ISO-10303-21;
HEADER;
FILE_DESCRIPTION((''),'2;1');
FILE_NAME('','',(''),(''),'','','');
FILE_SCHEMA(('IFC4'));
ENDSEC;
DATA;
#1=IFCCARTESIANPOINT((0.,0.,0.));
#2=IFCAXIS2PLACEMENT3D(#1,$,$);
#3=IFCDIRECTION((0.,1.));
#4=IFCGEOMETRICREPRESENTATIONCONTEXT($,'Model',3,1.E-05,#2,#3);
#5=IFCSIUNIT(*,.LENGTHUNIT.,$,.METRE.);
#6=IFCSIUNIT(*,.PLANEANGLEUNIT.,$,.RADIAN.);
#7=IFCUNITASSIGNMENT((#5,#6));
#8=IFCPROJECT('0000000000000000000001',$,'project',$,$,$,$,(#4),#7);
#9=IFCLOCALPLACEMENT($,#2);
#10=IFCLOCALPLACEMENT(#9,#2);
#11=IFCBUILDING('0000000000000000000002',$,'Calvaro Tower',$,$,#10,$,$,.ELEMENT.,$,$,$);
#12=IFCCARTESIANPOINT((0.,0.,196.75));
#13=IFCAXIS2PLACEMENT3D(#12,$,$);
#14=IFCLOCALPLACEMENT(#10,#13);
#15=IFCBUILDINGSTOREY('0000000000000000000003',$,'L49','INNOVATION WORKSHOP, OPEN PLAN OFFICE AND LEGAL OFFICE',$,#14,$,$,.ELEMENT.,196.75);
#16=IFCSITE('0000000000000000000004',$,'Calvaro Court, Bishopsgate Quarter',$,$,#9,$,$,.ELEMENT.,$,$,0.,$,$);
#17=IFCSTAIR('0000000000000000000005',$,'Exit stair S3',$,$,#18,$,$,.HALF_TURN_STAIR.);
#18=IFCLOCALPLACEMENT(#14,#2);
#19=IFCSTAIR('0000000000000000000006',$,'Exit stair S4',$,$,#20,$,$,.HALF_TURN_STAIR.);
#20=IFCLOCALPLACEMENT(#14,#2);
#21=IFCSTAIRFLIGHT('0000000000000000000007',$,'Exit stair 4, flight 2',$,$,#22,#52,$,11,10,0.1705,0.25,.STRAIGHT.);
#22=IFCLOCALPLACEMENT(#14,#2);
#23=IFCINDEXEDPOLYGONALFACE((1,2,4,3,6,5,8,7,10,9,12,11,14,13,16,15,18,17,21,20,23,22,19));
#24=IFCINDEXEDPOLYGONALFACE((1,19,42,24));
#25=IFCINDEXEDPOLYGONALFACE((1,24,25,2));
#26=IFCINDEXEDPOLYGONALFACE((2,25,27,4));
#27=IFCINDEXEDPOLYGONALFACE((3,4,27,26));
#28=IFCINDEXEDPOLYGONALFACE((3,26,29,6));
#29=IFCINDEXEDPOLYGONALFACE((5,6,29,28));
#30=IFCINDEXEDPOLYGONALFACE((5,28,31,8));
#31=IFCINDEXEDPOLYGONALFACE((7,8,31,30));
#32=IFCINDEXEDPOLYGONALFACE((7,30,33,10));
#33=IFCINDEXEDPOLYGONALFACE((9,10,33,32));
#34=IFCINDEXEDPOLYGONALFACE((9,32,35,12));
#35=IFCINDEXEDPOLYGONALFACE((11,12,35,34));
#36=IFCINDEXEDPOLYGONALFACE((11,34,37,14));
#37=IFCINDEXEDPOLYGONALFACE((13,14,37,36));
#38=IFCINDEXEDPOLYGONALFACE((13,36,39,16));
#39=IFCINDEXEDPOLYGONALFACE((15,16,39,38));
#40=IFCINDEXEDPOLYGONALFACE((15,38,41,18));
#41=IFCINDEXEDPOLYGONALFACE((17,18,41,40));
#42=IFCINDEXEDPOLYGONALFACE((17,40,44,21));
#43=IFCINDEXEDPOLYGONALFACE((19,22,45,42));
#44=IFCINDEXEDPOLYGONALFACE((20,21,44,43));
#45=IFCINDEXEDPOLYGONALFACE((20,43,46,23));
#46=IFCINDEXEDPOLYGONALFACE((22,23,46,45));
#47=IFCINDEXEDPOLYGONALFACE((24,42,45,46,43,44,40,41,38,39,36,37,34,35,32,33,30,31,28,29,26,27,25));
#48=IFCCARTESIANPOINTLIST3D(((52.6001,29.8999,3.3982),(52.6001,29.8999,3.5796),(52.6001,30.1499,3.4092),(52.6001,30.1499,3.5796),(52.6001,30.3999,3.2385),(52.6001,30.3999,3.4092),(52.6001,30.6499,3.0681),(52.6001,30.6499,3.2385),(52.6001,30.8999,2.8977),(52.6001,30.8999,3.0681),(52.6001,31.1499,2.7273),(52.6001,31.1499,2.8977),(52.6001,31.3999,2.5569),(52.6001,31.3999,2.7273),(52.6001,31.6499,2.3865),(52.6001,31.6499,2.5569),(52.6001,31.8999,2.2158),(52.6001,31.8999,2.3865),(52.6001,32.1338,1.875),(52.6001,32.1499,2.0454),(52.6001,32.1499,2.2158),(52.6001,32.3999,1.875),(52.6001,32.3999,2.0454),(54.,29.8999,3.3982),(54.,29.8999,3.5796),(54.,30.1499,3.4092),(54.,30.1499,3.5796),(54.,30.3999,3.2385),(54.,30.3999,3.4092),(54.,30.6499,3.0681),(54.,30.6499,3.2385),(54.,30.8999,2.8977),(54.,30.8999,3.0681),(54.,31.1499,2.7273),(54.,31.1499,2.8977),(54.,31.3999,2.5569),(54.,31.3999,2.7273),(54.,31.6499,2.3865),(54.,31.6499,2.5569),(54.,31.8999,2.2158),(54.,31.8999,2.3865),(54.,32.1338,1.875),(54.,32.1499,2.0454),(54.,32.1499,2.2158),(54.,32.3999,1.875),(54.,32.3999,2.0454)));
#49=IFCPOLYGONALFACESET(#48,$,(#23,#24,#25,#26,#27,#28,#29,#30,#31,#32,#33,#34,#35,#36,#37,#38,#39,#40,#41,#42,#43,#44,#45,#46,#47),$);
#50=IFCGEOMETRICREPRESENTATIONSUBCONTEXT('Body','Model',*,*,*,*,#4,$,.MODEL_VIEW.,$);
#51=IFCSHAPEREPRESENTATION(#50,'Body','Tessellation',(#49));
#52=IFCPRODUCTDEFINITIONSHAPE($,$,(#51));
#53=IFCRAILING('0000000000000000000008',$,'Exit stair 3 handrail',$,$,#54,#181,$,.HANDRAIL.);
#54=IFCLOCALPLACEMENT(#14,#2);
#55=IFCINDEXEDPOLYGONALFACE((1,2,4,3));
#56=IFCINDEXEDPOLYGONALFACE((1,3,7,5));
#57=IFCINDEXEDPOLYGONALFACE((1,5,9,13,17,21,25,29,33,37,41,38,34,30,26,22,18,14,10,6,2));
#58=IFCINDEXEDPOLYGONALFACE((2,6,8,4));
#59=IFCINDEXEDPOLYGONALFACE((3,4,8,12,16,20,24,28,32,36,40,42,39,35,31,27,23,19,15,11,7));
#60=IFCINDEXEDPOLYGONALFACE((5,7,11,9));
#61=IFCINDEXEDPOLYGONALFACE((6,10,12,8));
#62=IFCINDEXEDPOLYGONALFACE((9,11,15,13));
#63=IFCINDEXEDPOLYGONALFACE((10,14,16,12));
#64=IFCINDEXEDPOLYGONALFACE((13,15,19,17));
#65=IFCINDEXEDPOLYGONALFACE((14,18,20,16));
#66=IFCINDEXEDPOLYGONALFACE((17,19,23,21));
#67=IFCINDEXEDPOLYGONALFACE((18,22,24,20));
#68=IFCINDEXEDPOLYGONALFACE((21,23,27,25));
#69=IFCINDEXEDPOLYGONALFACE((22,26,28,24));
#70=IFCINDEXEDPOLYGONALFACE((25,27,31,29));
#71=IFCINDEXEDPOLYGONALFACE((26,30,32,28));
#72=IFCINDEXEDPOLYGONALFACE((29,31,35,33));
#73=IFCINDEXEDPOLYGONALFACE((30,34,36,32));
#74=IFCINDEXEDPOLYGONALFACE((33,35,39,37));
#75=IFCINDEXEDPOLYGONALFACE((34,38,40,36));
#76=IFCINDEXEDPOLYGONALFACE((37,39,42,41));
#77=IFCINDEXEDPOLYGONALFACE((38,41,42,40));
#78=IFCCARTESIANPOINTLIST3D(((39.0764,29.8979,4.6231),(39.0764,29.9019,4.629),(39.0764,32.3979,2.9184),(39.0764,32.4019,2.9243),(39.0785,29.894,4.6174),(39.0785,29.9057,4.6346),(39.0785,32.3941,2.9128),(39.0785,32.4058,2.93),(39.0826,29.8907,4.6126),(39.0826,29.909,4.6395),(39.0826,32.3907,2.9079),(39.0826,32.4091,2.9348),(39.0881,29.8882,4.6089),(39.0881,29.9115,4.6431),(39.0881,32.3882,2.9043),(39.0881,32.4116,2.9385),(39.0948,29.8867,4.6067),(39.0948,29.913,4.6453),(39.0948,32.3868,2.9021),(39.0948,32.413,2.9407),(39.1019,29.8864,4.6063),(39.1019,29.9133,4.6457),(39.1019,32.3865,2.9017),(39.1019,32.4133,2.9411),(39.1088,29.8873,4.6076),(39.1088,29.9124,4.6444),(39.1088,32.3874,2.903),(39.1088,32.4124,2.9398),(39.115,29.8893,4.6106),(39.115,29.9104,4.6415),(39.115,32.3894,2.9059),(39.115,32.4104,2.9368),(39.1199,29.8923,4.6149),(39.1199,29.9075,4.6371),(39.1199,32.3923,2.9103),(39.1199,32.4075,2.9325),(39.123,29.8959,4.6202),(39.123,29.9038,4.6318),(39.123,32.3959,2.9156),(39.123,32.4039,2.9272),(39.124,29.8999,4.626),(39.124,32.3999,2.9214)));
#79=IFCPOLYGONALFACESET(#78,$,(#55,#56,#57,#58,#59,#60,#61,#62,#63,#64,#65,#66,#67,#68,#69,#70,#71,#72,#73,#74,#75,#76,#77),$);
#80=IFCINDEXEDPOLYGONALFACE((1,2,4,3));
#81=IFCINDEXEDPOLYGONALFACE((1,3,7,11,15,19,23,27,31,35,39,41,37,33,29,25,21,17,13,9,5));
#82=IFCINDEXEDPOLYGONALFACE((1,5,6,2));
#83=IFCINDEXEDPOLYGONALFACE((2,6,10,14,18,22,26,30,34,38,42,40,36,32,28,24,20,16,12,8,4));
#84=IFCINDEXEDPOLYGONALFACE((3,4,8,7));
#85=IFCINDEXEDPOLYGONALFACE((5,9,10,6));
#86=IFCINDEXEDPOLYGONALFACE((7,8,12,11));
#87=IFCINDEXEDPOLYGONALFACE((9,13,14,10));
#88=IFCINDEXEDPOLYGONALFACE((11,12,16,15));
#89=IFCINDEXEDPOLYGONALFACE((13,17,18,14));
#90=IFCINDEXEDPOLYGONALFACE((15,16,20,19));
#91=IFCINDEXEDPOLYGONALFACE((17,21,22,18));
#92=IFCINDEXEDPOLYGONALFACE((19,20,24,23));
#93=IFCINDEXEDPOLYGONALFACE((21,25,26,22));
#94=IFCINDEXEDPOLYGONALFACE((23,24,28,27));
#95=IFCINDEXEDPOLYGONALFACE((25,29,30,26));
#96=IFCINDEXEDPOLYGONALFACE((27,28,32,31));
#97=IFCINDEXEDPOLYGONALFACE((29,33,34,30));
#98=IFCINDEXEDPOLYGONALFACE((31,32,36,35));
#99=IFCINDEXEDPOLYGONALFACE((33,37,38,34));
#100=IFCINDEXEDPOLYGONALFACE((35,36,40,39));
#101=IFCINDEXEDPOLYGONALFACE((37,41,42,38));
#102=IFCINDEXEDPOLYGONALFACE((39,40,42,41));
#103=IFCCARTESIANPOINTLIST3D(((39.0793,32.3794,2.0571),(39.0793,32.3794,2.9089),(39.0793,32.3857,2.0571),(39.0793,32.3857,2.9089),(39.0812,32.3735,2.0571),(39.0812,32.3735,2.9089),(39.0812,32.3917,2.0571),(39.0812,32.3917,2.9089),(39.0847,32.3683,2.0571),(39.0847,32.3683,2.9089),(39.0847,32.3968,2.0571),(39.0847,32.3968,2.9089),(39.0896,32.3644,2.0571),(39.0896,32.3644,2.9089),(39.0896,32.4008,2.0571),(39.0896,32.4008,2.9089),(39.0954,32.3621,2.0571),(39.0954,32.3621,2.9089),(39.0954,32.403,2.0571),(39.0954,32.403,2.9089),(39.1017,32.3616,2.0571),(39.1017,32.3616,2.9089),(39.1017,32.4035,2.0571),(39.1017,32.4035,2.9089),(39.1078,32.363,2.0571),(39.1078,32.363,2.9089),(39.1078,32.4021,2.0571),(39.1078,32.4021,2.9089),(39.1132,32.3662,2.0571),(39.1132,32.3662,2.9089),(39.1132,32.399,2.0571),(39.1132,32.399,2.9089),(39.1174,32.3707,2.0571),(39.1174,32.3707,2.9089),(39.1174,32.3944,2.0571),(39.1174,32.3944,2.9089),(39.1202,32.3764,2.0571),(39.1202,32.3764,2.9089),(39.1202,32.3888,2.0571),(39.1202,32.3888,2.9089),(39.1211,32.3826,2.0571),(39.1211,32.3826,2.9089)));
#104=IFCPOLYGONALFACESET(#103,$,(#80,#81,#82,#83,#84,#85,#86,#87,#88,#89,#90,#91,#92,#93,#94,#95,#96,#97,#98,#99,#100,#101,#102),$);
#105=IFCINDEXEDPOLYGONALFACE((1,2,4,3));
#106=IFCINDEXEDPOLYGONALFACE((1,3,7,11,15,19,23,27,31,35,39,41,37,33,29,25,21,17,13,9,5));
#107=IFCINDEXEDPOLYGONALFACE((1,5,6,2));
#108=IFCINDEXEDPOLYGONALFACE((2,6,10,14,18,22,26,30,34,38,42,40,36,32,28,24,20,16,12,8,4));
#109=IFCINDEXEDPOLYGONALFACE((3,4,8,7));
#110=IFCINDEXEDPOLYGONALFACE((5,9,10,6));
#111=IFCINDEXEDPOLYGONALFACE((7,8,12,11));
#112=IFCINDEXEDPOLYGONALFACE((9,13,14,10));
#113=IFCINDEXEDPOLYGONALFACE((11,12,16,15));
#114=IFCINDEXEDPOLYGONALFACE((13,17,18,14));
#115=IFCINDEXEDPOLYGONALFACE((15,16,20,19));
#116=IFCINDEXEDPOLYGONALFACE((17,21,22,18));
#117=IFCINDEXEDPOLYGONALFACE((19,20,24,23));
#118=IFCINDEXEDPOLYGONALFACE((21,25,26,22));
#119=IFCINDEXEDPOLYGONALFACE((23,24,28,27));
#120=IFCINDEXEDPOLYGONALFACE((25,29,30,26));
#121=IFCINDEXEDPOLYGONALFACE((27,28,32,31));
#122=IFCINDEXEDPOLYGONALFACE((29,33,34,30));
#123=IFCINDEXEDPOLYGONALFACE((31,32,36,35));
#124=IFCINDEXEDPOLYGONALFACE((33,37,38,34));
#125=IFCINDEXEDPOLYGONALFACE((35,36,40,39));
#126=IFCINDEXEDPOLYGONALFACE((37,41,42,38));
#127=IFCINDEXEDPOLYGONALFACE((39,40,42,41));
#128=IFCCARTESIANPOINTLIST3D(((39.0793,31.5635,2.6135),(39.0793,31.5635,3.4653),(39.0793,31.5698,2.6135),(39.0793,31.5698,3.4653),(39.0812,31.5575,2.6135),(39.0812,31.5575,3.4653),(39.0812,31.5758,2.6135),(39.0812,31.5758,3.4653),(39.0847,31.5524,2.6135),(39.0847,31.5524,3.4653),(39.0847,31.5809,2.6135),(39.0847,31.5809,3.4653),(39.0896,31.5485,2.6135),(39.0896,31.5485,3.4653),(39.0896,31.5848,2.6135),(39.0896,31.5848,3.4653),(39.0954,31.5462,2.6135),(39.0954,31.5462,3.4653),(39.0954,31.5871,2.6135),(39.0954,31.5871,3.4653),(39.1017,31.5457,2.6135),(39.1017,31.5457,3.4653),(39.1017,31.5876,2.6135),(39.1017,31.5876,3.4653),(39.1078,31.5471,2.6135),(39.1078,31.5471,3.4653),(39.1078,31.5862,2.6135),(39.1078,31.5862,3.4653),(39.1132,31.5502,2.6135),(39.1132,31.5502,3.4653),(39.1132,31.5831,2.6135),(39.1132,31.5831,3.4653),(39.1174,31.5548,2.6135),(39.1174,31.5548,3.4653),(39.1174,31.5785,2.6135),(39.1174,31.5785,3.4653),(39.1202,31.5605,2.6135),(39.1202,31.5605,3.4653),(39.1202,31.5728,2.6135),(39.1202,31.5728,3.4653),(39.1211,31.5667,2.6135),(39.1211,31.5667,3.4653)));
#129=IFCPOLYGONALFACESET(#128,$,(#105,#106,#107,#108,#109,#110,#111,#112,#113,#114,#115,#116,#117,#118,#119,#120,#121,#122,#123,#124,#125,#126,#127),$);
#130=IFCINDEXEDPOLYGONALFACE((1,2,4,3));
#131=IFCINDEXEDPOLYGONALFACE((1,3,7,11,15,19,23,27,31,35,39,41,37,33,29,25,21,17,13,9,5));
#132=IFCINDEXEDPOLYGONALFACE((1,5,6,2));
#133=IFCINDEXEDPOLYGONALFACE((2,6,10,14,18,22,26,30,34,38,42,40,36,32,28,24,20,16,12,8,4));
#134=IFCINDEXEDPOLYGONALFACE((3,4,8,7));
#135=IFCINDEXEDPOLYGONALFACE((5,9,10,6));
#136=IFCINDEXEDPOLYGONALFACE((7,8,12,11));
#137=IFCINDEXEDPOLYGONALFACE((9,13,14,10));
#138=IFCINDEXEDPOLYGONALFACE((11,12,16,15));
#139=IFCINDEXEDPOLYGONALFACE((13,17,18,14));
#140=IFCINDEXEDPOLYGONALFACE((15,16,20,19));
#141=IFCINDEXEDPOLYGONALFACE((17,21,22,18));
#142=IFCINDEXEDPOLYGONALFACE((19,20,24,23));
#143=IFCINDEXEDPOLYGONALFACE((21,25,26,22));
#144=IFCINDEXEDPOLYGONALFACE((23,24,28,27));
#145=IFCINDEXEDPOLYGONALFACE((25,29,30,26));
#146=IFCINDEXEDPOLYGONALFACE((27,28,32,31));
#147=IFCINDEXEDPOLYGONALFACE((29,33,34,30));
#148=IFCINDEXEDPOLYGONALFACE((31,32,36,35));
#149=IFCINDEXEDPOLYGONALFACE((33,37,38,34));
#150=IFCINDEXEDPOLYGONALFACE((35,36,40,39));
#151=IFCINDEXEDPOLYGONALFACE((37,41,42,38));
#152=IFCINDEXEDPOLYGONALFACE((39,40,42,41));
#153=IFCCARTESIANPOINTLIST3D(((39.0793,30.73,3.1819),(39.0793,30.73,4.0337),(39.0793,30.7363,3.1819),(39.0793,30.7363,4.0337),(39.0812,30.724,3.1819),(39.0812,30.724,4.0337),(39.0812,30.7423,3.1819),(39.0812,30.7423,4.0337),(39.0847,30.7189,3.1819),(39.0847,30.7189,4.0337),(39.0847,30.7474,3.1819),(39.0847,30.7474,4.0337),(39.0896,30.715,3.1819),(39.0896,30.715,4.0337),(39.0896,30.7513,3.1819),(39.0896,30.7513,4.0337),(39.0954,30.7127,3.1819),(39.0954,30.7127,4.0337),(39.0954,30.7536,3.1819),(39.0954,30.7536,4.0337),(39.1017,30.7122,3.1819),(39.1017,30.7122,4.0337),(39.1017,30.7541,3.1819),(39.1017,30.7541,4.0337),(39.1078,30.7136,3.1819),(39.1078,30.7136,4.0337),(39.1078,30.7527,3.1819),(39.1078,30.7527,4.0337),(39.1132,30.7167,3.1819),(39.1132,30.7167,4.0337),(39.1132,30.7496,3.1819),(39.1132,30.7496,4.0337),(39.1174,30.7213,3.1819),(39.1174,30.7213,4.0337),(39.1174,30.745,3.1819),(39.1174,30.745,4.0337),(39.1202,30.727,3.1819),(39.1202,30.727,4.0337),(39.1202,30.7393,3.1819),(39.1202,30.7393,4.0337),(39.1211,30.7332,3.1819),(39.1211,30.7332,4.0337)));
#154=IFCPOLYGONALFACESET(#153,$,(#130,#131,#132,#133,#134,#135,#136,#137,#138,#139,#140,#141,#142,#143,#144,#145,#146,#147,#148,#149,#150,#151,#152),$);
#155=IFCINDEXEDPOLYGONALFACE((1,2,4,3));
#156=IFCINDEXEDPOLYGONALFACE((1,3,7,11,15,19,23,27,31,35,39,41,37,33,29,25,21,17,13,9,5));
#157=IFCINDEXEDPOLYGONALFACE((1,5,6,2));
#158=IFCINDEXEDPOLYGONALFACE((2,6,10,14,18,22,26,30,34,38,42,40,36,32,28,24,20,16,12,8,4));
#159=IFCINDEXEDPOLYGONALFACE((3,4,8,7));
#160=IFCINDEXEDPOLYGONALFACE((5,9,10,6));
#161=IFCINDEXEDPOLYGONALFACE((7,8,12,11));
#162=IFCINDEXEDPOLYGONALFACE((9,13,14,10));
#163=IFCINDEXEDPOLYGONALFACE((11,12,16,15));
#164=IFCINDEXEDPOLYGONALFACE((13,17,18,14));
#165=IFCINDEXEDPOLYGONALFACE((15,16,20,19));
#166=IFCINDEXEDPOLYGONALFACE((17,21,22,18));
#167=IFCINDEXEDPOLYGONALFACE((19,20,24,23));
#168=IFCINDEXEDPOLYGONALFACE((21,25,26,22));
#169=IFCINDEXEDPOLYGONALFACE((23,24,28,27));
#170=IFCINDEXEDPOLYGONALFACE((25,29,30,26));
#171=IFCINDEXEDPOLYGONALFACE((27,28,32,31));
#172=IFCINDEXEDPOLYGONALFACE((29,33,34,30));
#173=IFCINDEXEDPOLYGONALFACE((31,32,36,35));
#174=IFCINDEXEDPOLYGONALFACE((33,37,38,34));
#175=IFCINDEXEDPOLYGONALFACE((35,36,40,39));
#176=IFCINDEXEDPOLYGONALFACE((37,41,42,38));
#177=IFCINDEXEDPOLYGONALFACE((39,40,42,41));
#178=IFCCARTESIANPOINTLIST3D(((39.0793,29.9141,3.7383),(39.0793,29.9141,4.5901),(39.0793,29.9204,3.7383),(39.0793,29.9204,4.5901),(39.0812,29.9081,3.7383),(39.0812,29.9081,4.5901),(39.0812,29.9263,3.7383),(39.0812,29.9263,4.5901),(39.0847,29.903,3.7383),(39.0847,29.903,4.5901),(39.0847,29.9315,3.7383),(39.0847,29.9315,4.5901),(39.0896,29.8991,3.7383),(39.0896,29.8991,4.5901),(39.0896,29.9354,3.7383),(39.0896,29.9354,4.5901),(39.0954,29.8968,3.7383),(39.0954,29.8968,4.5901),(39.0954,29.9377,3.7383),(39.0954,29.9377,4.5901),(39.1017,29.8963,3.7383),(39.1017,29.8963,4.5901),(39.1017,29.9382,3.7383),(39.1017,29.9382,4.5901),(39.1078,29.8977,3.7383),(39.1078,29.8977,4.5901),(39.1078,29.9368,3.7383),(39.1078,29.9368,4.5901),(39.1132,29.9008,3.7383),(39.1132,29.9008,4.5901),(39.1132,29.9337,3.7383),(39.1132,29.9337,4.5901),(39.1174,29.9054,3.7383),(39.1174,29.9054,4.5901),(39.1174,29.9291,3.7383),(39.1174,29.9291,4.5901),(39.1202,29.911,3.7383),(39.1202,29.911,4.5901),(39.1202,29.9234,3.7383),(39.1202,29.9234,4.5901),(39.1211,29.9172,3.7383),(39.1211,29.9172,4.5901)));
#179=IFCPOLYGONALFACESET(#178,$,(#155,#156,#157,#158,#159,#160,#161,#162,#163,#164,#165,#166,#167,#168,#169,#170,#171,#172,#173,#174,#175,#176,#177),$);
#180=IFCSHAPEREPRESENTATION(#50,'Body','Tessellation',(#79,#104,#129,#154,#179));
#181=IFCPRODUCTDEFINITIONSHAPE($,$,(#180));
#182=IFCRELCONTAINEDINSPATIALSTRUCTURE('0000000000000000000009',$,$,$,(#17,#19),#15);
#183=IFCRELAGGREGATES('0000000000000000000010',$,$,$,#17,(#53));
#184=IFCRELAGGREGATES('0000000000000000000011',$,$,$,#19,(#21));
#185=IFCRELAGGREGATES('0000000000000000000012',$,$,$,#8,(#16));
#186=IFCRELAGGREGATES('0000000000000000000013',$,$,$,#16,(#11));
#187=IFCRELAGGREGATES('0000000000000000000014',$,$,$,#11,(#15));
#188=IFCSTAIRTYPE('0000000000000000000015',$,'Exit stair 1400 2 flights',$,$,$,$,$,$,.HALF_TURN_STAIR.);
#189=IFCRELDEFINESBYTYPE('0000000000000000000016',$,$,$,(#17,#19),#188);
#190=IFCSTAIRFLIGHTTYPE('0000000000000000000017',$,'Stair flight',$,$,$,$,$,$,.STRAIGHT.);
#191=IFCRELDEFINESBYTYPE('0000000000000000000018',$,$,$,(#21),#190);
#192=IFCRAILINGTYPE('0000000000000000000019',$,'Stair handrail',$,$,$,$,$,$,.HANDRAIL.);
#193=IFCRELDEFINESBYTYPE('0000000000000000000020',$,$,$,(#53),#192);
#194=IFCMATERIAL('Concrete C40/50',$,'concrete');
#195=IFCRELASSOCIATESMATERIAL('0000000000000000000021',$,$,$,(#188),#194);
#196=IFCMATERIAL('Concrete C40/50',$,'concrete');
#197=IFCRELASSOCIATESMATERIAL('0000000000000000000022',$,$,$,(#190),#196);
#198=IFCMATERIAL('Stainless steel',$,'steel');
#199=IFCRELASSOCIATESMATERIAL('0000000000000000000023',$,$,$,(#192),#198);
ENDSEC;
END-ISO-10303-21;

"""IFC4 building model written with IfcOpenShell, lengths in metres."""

from ifc_helpers import new_model, si_unit, direction, frame, origin, origin_2d, place, context, subcontext, project, spatial, polyline, circle, outline, extrude, material, type_object, element, aggregate, save


model = new_model("IFC4")

# Units and contexts
model_context = context("Model", 3, precision=1e-05, world=origin(), true_north=direction((0.0, 1.0)))
body_context = subcontext(model_context, "Body", "Model", "MODEL_VIEW")
ifc_project = project(units=[si_unit("LENGTHUNIT", "METRE"), si_unit("PLANEANGLEUNIT", "RADIAN")], contexts=[model_context])

# Site, building, storey
site_placement = place(None, origin())
site = spatial("IfcSite", under=ifc_project, at=site_placement, Name="Calvaro Court, Bishopsgate Quarter", CompositionType="ELEMENT", RefElevation=0.0)
building_placement = place(site_placement, origin())
building = spatial("IfcBuilding", under=site, at=building_placement, Name="Calvaro Tower", CompositionType="ELEMENT")
storey_placement = place(building_placement, frame((0.0, 0.0, 196.75)))
storey = spatial("IfcBuildingStorey", under=building, at=storey_placement, Name="L49", Description="INNOVATION WORKSHOP, OPEN PLAN OFFICE AND LEGAL OFFICE", CompositionType="ELEMENT", Elevation=196.75)

# Stairs, stair flight
ifc_material_1 = material(Name="Concrete C40/50", Category="concrete")
stair_type = type_object("IfcStairType", Name="Exit stair 1400 2 flights", PredefinedType="HALF_TURN_STAIR", material=ifc_material_1)
stair_1_placement = place(storey_placement, origin())
stair_1 = element("IfcStair", 1, at=stair_1_placement, inside=storey, type_object=stair_type, Name="Exit stair S3", PredefinedType="HALF_TURN_STAIR")
ifc_material_2 = material(Name="Concrete C40/50", Category="concrete")
stair_flight_type = type_object("IfcStairFlightType", Name="Stair flight", PredefinedType="STRAIGHT", material=ifc_material_2)
stair_2_placement = place(storey_placement, origin())
stair_2 = element("IfcStair", 2, at=stair_2_placement, inside=storey, type_object=stair_type, Name="Exit stair S4", PredefinedType="HALF_TURN_STAIR")
stair_flight_1_placement = place(storey_placement, frame((53.3, 32.3999, 1.875), z_axis=(0.0, 0.0, 1.0), x_axis=(0.0, -1.0, 0.0)))
stair_flight_1 = element("IfcStairFlight", 3, at=stair_flight_1_placement, type_object=stair_flight_type, Name="Exit stair 4, flight 2", NumberOfRisers=11, NumberOfTreads=10, PredefinedType="STRAIGHT", RiserHeight=0.1705, TreadLength=0.25, context=body_context, shape_type="SweptSolid", body=[
    extrude(outline(polyline([(0.0, 0.0), (0.0, 0.1704), (0.25, 0.1704), (0.25, 0.3408), (0.5, 0.3408), (0.5, 0.5115), (0.75, 0.5115), (0.75, 0.6819), (1.0, 0.6819), (1.0, 0.8523), (1.25, 0.8523), (1.25, 1.0227), (1.5, 1.0227), (1.5, 1.1931), (1.75, 1.1931), (1.75, 1.3635), (2.0, 1.3635), (2.0, 1.5342), (2.25, 1.5342), (2.25, 1.7046), (2.5, 1.7046), (2.5, 1.875), (2.5, 1.5232), (0.2661, 0.0), (0.0, 0.0)])), frame((0.0, 0.7, 0.0), z_axis=(0.0, -1.0, 0.0), x_axis=(1.0, 0.0, 0.0)), (0.0, 0.0, 1.0), 1.3999),
])

# Railing
ifc_material_3 = material(Name="Stainless steel", Category="steel")
railing_type = type_object("IfcRailingType", Name="Stair handrail", PredefinedType="HANDRAIL", material=ifc_material_3)
railing_1_placement = place(storey_placement, frame((39.1001, 32.3999, 2.0454)))
railing_1 = element("IfcRailing", 4, at=railing_1_placement, type_object=railing_type, Name="Exit stair 3 handrail", PredefinedType="HANDRAIL", context=body_context, shape_type="SweptSolid", body=[
    extrude(circle(Radius=0.0239, at=origin_2d()), frame((0.0, 0.0, 0.876), z_axis=(0.0, -0.826221, 0.563347), x_axis=(1.0, 0.0, 0.0)), (0.0, 0.0, 1.0), 3.0259),
    extrude(circle(Radius=0.021, at=origin_2d()), frame((0.0, -0.0173, 0.0117)), (0.0, 0.0, 1.0), 0.8518),
    extrude(circle(Radius=0.021, at=origin_2d()), frame((0.0, -0.8333, 0.5681)), (0.0, 0.0, 1.0), 0.8518),
    extrude(circle(Radius=0.021, at=origin_2d()), frame((0.0, -1.6667, 1.1365)), (0.0, 0.0, 1.0), 0.8518),
    extrude(circle(Radius=0.021, at=origin_2d()), frame((0.0, -2.4827, 1.6929)), (0.0, 0.0, 1.0), 0.8518),
])
aggregate(stair_1, [railing_1])
aggregate(stair_2, [stair_flight_1])

save(model, "model.ifc")
